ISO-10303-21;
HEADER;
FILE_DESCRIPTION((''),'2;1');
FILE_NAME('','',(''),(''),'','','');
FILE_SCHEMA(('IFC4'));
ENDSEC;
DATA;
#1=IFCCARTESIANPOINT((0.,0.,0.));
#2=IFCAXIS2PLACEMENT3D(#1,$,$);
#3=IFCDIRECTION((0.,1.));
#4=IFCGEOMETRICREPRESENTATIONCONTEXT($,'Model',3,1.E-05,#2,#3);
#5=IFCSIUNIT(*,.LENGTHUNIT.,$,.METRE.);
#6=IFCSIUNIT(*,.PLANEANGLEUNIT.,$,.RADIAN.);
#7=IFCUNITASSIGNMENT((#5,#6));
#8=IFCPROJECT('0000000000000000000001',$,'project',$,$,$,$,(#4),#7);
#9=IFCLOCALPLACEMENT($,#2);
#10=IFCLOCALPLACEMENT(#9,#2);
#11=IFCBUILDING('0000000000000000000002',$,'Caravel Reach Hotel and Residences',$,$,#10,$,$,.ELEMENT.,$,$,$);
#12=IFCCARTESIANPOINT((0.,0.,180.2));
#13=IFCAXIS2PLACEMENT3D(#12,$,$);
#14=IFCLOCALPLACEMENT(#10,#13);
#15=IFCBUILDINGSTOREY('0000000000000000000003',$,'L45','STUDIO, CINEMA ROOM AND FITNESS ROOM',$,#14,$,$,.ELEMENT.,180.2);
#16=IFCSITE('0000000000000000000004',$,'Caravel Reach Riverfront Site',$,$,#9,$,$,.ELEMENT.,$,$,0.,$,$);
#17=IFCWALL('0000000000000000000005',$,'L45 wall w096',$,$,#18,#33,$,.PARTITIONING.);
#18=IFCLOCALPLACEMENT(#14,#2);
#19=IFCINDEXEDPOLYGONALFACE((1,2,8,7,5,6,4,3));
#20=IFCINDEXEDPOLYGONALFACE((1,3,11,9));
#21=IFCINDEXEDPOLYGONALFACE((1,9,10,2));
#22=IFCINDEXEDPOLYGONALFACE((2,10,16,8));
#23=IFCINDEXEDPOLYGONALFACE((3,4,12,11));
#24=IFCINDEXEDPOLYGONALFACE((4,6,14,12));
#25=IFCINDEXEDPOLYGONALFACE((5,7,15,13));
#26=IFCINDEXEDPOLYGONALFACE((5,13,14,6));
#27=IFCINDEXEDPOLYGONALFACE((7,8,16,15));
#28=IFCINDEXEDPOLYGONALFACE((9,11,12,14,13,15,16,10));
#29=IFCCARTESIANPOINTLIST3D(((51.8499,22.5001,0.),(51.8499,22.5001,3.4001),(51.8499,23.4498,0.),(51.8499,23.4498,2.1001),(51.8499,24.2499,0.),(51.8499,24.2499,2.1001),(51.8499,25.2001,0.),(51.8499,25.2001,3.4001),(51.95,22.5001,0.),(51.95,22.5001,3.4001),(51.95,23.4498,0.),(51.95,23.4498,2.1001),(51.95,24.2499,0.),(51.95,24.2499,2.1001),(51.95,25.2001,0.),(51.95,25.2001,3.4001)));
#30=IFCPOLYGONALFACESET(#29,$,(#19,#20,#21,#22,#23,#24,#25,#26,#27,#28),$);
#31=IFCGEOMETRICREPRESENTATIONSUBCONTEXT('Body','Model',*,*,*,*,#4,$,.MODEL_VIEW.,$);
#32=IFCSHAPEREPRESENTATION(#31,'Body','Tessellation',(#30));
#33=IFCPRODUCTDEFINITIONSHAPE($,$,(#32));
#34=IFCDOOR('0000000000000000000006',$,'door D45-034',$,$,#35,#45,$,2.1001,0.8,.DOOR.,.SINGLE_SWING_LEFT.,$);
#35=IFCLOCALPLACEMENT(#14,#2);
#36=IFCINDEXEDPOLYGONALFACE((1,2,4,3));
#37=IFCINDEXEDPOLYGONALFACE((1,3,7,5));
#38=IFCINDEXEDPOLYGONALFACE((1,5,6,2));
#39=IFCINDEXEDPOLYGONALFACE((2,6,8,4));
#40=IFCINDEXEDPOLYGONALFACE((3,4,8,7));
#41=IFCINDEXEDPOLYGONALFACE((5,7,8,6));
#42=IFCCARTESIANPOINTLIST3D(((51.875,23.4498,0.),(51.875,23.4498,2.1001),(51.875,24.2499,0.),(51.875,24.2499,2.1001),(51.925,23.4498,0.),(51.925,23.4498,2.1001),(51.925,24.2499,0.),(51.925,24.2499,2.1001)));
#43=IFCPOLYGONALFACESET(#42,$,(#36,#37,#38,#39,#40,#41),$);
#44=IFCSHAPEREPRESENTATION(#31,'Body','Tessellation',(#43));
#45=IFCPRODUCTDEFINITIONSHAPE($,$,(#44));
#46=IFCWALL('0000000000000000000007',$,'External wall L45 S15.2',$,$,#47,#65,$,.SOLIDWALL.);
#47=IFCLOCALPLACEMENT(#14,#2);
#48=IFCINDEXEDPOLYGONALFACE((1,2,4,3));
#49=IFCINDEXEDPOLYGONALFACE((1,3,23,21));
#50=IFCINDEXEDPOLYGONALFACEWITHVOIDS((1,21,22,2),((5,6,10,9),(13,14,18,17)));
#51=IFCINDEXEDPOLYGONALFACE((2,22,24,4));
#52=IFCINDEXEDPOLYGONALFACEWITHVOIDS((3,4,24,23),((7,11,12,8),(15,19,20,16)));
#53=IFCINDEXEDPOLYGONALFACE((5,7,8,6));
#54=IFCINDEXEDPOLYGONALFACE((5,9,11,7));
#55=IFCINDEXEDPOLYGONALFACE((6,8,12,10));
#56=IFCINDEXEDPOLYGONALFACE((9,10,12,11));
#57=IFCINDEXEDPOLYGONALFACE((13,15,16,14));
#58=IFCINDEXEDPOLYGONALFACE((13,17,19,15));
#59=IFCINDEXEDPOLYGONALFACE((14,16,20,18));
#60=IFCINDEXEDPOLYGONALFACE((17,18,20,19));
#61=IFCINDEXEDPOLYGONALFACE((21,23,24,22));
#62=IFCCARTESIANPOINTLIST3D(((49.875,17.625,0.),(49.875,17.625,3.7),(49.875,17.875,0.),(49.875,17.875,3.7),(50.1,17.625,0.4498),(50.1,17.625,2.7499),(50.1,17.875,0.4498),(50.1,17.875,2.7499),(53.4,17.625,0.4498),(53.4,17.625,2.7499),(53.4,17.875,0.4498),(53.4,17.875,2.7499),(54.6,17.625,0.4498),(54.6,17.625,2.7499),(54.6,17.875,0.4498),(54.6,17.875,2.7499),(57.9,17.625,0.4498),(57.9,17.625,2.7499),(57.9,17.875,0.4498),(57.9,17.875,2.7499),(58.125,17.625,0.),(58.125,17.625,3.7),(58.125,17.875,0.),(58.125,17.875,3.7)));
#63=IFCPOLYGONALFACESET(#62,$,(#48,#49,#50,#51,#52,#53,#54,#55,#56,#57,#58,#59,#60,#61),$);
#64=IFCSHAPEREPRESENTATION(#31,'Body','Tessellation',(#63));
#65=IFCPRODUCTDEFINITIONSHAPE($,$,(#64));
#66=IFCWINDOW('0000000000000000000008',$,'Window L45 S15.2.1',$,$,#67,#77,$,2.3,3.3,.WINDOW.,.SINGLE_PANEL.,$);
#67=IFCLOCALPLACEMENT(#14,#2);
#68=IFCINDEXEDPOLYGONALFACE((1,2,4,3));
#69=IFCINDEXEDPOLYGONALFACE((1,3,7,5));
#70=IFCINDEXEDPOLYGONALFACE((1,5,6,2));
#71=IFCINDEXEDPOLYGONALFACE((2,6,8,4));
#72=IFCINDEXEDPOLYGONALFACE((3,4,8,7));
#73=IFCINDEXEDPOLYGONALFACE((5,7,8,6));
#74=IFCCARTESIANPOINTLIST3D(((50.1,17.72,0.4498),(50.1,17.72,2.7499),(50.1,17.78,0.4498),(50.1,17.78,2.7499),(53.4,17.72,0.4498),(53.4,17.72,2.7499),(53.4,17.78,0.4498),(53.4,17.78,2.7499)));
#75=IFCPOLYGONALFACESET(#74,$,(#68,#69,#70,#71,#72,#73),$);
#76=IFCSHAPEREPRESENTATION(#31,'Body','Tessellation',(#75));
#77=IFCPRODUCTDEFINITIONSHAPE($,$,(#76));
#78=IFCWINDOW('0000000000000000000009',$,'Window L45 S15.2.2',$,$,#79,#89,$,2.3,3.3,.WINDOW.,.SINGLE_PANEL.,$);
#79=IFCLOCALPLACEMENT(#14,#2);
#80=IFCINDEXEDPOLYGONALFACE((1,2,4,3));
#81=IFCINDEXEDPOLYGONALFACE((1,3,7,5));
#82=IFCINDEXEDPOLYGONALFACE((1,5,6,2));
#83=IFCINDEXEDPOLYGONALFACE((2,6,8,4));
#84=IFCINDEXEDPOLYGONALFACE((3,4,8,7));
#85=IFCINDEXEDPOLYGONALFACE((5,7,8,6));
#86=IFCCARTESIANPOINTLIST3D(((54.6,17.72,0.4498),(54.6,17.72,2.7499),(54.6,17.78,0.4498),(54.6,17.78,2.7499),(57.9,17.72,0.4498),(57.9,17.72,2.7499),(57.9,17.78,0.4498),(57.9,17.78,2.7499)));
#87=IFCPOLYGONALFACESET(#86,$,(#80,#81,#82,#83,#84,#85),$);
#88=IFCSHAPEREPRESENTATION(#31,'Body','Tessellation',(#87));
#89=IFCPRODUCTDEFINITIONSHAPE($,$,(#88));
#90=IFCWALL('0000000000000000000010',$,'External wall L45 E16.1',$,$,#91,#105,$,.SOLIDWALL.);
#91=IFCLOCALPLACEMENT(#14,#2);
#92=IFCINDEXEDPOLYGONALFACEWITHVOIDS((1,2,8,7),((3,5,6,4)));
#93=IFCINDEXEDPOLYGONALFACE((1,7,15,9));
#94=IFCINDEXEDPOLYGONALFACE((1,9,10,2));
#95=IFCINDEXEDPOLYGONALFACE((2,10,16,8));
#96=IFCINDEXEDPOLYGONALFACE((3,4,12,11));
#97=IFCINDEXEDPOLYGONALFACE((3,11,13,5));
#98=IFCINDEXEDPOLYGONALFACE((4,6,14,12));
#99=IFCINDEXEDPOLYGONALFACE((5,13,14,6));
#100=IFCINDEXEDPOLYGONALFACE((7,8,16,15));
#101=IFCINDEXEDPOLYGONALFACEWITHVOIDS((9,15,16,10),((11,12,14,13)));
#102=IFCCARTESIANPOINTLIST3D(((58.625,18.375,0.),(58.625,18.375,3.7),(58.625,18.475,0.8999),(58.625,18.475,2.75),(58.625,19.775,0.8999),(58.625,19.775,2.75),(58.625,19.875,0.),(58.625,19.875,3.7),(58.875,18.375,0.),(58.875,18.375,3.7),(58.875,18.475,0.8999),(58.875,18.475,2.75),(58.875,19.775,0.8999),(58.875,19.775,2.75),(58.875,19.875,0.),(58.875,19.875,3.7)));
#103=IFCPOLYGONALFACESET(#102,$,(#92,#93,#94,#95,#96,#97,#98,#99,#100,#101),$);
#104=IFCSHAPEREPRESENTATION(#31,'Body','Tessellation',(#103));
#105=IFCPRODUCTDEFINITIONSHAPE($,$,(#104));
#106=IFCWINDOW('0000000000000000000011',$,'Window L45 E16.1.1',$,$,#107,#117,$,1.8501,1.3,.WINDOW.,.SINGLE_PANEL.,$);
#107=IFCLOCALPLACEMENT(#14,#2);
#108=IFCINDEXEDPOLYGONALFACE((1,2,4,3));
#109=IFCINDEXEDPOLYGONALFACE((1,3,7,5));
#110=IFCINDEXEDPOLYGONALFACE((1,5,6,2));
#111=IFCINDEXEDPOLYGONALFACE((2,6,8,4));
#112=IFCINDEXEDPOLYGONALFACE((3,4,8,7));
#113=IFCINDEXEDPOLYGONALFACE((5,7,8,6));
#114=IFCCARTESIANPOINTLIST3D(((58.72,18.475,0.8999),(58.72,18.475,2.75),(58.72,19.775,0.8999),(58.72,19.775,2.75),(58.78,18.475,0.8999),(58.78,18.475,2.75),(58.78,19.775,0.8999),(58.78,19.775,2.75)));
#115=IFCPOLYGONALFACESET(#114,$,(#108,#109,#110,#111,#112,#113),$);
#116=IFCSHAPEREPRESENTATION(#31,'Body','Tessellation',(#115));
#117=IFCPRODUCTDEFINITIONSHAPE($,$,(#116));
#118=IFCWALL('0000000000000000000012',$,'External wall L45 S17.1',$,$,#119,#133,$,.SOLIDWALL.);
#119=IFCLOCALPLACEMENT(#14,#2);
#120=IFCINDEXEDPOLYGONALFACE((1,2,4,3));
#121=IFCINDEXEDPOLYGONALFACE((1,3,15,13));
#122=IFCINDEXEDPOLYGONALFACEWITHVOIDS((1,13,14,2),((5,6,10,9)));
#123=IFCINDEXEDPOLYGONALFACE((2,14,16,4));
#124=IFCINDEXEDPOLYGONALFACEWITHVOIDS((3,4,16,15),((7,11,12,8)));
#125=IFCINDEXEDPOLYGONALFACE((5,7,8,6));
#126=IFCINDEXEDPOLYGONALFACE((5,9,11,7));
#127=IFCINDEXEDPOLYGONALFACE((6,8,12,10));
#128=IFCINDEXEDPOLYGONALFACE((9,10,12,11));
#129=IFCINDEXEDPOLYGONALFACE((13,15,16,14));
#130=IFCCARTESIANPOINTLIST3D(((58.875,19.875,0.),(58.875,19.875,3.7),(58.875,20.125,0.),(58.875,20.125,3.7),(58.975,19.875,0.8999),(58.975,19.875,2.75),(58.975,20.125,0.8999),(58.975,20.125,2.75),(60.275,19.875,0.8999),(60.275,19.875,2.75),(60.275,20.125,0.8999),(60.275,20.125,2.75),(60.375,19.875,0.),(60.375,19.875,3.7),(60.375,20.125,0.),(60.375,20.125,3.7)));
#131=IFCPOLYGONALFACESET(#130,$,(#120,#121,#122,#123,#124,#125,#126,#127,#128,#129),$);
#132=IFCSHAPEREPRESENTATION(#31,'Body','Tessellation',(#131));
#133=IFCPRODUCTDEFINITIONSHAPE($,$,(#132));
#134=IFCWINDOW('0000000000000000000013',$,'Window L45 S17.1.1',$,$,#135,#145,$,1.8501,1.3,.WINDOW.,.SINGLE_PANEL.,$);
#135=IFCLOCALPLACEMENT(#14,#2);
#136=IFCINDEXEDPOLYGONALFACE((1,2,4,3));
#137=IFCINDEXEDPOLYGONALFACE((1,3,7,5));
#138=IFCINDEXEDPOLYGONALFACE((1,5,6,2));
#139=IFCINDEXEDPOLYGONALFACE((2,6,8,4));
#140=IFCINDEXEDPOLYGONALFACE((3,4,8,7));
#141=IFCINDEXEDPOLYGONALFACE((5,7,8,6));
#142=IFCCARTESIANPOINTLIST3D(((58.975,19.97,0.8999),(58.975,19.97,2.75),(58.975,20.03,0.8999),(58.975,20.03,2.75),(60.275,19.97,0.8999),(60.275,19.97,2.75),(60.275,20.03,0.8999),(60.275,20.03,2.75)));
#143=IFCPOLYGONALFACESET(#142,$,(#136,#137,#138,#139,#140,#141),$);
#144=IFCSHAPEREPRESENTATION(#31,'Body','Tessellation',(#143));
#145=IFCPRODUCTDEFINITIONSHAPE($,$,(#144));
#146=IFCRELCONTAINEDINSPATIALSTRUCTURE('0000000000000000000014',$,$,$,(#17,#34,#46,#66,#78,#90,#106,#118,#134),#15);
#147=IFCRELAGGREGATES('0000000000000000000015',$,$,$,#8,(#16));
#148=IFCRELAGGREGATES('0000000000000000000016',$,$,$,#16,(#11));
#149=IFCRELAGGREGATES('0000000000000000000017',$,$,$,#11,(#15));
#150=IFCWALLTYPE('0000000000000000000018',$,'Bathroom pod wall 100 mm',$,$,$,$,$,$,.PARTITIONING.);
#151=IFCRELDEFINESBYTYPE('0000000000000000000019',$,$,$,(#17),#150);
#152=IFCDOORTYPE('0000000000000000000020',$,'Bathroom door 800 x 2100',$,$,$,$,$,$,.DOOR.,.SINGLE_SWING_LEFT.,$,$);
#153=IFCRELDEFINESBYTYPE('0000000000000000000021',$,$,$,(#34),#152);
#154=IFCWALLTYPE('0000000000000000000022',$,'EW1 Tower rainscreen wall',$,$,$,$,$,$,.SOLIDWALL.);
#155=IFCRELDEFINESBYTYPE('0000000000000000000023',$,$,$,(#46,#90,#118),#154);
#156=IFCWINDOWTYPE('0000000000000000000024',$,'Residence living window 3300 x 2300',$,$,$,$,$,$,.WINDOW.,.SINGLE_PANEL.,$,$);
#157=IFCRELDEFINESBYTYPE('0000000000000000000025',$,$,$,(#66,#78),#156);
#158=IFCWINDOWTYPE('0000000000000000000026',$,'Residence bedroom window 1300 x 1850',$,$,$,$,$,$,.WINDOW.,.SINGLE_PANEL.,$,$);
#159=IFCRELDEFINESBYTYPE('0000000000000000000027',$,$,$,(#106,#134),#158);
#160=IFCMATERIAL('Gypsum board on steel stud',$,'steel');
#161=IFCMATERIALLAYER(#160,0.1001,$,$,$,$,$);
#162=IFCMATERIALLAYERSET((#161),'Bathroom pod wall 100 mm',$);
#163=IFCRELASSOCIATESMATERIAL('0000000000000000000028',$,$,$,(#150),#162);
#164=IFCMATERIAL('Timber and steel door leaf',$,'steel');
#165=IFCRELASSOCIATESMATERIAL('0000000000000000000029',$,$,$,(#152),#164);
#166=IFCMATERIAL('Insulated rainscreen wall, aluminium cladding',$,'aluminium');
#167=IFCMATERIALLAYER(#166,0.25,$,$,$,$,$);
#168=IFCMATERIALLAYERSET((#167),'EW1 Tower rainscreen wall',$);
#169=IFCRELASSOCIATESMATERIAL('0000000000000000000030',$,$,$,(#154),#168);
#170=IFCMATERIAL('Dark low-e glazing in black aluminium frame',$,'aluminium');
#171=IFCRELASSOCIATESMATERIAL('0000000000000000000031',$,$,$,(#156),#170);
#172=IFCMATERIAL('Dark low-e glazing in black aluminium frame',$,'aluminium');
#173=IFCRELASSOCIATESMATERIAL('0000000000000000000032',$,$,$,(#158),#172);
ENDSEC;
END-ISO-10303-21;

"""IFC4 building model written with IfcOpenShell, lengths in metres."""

from ifc_helpers import new_model, si_unit, direction, frame, frame_2d, origin, place, context, subcontext, project, spatial, rectangle, extrude, material, layer, layer_set, type_object, element, fill, save


model = new_model("IFC4")

# Units and contexts
model_context = context("Model", 3, precision=1e-05, world=origin(), true_north=direction((0.0, 1.0)))
body_context = subcontext(model_context, "Body", "Model", "MODEL_VIEW")
ifc_project = project(units=[si_unit("LENGTHUNIT", "METRE"), si_unit("PLANEANGLEUNIT", "RADIAN")], contexts=[model_context])

# Site, building, storey
site_placement = place(None, origin())
site = spatial("IfcSite", under=ifc_project, at=site_placement, Name="Caravel Reach Riverfront Site", CompositionType="ELEMENT", RefElevation=0.0)
building_placement = place(site_placement, origin())
building = spatial("IfcBuilding", under=site, at=building_placement, Name="Caravel Reach Hotel and Residences", CompositionType="ELEMENT")
storey_placement = place(building_placement, frame((0.0, 0.0, 180.2)))
storey = spatial("IfcBuildingStorey", under=building, at=storey_placement, Name="L45", Description="STUDIO, CINEMA ROOM AND FITNESS ROOM", CompositionType="ELEMENT", Elevation=180.2)

# Wall, opening, door
ifc_material_1 = material(Name="Gypsum board on steel stud", Category="steel")
ifc_layer_1 = layer(ifc_material_1, 0.1001)
ifc_layer_set_1 = layer_set([ifc_layer_1], Name="Bathroom pod wall 100 mm")
wall_type_1 = type_object("IfcWallType", Name="Bathroom pod wall 100 mm", PredefinedType="PARTITIONING", material=ifc_layer_set_1)
wall_1_placement = place(storey_placement, frame((51.8999, 22.5, 0.0), z_axis=(0.0, 0.0, 1.0), x_axis=(0.0, 1.0, 0.0)))
wall_1 = element("IfcWall", 1, at=wall_1_placement, inside=storey, type_object=wall_type_1, Name="L45 wall w096", PredefinedType="PARTITIONING", context=body_context, shape_type="SweptSolid", body=[
    extrude(rectangle(XDim=2.7, YDim=0.1001, at=frame_2d((1.3501, 0.0))), origin(), (0.0, 0.0, 1.0), 3.4001),
])
opening_1_placement = place(wall_1_placement, frame((0.95, 0.0, 0.0)))
opening_1 = element("IfcOpeningElement", 2, at=opening_1_placement, cuts=wall_1, PredefinedType="OPENING", context=body_context, shape_type="SweptSolid", body=[
    extrude(rectangle(XDim=0.8, YDim=2.1001, at=frame_2d((0.3999, 1.05))), frame((0.0, 0.0601, 0.0), z_axis=(0.0, -1.0, 0.0), x_axis=(1.0, 0.0, 0.0)), (0.0, 0.0, 1.0), 0.1201),
])
ifc_material_2 = material(Name="Timber and steel door leaf", Category="steel")
door_type_1 = type_object("IfcDoorType", Name="Bathroom door 800 x 2100", OperationType="SINGLE_SWING_LEFT", PredefinedType="DOOR", material=ifc_material_2)
door_1_placement = place(opening_1_placement, origin())
door_1 = element("IfcDoor", 3, at=door_1_placement, inside=storey, type_object=door_type_1, Name="door D45-034", OperationType="SINGLE_SWING_LEFT", OverallHeight=2.1001, OverallWidth=0.8, PredefinedType="DOOR", context=body_context, shape_type="SweptSolid", body=[
    extrude(rectangle(XDim=0.8, YDim=2.1001, at=frame_2d((0.3999, 1.05))), frame((0.0, 0.0249, 0.0), z_axis=(0.0, -1.0, 0.0), x_axis=(1.0, 0.0, 0.0)), (0.0, 0.0, 1.0), 0.05),
])
fill(opening_1, door_1)

# Wall, openings, windows
ifc_material_3 = material(Name="Insulated rainscreen wall, aluminium cladding", Category="aluminium")
ifc_layer_2 = layer(ifc_material_3, 0.25)
ifc_layer_set_2 = layer_set([ifc_layer_2], Name="EW1 Tower rainscreen wall")
wall_type_2 = type_object("IfcWallType", Name="EW1 Tower rainscreen wall", PredefinedType="SOLIDWALL", material=ifc_layer_set_2)
wall_2_placement = place(storey_placement, frame((49.875, 17.75, 0.0), z_axis=(0.0, 0.0, 1.0), x_axis=(1.0, 0.0, 0.0)))
wall_2 = element("IfcWall", 4, at=wall_2_placement, inside=storey, type_object=wall_type_2, Name="External wall L45 S15.2", PredefinedType="SOLIDWALL", context=body_context, shape_type="SweptSolid", body=[
    extrude(rectangle(XDim=8.25, YDim=0.25, at=frame_2d((4.125, 0.0))), origin(), (0.0, 0.0, 1.0), 3.7),
])
opening_2_placement = place(wall_2_placement, frame((0.2251, 0.0, 0.45)))
opening_2 = element("IfcOpeningElement", 5, at=opening_2_placement, cuts=wall_2, PredefinedType="OPENING", context=body_context, shape_type="SweptSolid", body=[
    extrude(rectangle(XDim=3.3, YDim=2.3, at=frame_2d((1.6499, 1.1499))), frame((0.0, 0.135, 0.0), z_axis=(0.0, -1.0, 0.0), x_axis=(1.0, 0.0, 0.0)), (0.0, 0.0, 1.0), 0.27),
])
opening_3_placement = place(wall_2_placement, frame((4.7251, 0.0, 0.45)))
opening_3 = element("IfcOpeningElement", 6, at=opening_3_placement, cuts=wall_2, PredefinedType="OPENING", context=body_context, shape_type="SweptSolid", body=[
    extrude(rectangle(XDim=3.3, YDim=2.3, at=frame_2d((1.6499, 1.1499))), frame((0.0, 0.135, 0.0), z_axis=(0.0, -1.0, 0.0), x_axis=(1.0, 0.0, 0.0)), (0.0, 0.0, 1.0), 0.27),
])
ifc_material_4 = material(Name="Dark low-e glazing in black aluminium frame", Category="aluminium")
window_type_1 = type_object("IfcWindowType", Name="Residence living window 3300 x 2300", PartitioningType="SINGLE_PANEL", PredefinedType="WINDOW", material=ifc_material_4)
window_1_placement = place(opening_2_placement, origin())
window_1 = element("IfcWindow", 7, at=window_1_placement, inside=storey, type_object=window_type_1, Name="Window L45 S15.2.1", OverallHeight=2.3, OverallWidth=3.3, PartitioningType="SINGLE_PANEL", PredefinedType="WINDOW", context=body_context, shape_type="SweptSolid", body=[
    extrude(rectangle(XDim=3.3, YDim=2.3, at=frame_2d((1.6499, 1.1499))), frame((0.0, 0.03, 0.0), z_axis=(0.0, -1.0, 0.0), x_axis=(1.0, 0.0, 0.0)), (0.0, 0.0, 1.0), 0.0601),
])
fill(opening_2, window_1)
window_2_placement = place(opening_3_placement, origin())
window_2 = element("IfcWindow", 8, at=window_2_placement, inside=storey, type_object=window_type_1, Name="Window L45 S15.2.2", OverallHeight=2.3, OverallWidth=3.3, PartitioningType="SINGLE_PANEL", PredefinedType="WINDOW", context=body_context, shape_type="SweptSolid", body=[
    extrude(rectangle(XDim=3.3, YDim=2.3, at=frame_2d((1.6499, 1.1499))), frame((0.0, 0.03, 0.0), z_axis=(0.0, -1.0, 0.0), x_axis=(1.0, 0.0, 0.0)), (0.0, 0.0, 1.0), 0.0601),
])
fill(opening_3, window_2)

# Walls, openings, windows
wall_3_placement = place(storey_placement, frame((58.75, 18.375, 0.0), z_axis=(0.0, 0.0, 1.0), x_axis=(0.0, 1.0, 0.0)))
wall_3 = element("IfcWall", 9, at=wall_3_placement, inside=storey, type_object=wall_type_2, Name="External wall L45 E16.1", PredefinedType="SOLIDWALL", context=body_context, shape_type="SweptSolid", body=[
    extrude(rectangle(XDim=1.5, YDim=0.25, at=frame_2d((0.75, 0.0))), origin(), (0.0, 0.0, 1.0), 3.7),
])
opening_4_placement = place(wall_3_placement, frame((0.1001, 0.0, 0.8999)))
opening_4 = element("IfcOpeningElement", 10, at=opening_4_placement, cuts=wall_3, PredefinedType="OPENING", context=body_context, shape_type="SweptSolid", body=[
    extrude(rectangle(XDim=1.3, YDim=1.8501, at=frame_2d((0.6499, 0.925))), frame((0.0, 0.135, 0.0), z_axis=(0.0, -1.0, 0.0), x_axis=(1.0, 0.0, 0.0)), (0.0, 0.0, 1.0), 0.27),
])
ifc_material_5 = material(Name="Dark low-e glazing in black aluminium frame", Category="aluminium")
window_type_2 = type_object("IfcWindowType", Name="Residence bedroom window 1300 x 1850", PartitioningType="SINGLE_PANEL", PredefinedType="WINDOW", material=ifc_material_5)
window_3_placement = place(opening_4_placement, origin())
window_3 = element("IfcWindow", 11, at=window_3_placement, inside=storey, type_object=window_type_2, Name="Window L45 E16.1.1", OverallHeight=1.8501, OverallWidth=1.3, PartitioningType="SINGLE_PANEL", PredefinedType="WINDOW", context=body_context, shape_type="SweptSolid", body=[
    extrude(rectangle(XDim=1.3, YDim=1.8501, at=frame_2d((0.6499, 0.925))), frame((0.0, 0.03, 0.0), z_axis=(0.0, -1.0, 0.0), x_axis=(1.0, 0.0, 0.0)), (0.0, 0.0, 1.0), 0.0601),
])
fill(opening_4, window_3)
wall_4_placement = place(storey_placement, frame((58.875, 20.0, 0.0), z_axis=(0.0, 0.0, 1.0), x_axis=(1.0, 0.0, 0.0)))
wall_4 = element("IfcWall", 12, at=wall_4_placement, inside=storey, type_object=wall_type_2, Name="External wall L45 S17.1", PredefinedType="SOLIDWALL", context=body_context, shape_type="SweptSolid", body=[
    extrude(rectangle(XDim=1.5, YDim=0.25, at=frame_2d((0.75, 0.0))), origin(), (0.0, 0.0, 1.0), 3.7),
])
opening_5_placement = place(wall_4_placement, frame((0.1001, 0.0, 0.8999)))
opening_5 = element("IfcOpeningElement", 13, at=opening_5_placement, cuts=wall_4, PredefinedType="OPENING", context=body_context, shape_type="SweptSolid", body=[
    extrude(rectangle(XDim=1.3, YDim=1.8501, at=frame_2d((0.6499, 0.925))), frame((0.0, 0.135, 0.0), z_axis=(0.0, -1.0, 0.0), x_axis=(1.0, 0.0, 0.0)), (0.0, 0.0, 1.0), 0.27),
])
window_4_placement = place(opening_5_placement, origin())
window_4 = element("IfcWindow", 14, at=window_4_placement, inside=storey, type_object=window_type_2, Name="Window L45 S17.1.1", OverallHeight=1.8501, OverallWidth=1.3, PartitioningType="SINGLE_PANEL", PredefinedType="WINDOW", context=body_context, shape_type="SweptSolid", body=[
    extrude(rectangle(XDim=1.3, YDim=1.8501, at=frame_2d((0.6499, 0.925))), frame((0.0, 0.03, 0.0), z_axis=(0.0, -1.0, 0.0), x_axis=(1.0, 0.0, 0.0)), (0.0, 0.0, 1.0), 0.0601),
])
fill(opening_5, window_4)

save(model, "model.ifc")
